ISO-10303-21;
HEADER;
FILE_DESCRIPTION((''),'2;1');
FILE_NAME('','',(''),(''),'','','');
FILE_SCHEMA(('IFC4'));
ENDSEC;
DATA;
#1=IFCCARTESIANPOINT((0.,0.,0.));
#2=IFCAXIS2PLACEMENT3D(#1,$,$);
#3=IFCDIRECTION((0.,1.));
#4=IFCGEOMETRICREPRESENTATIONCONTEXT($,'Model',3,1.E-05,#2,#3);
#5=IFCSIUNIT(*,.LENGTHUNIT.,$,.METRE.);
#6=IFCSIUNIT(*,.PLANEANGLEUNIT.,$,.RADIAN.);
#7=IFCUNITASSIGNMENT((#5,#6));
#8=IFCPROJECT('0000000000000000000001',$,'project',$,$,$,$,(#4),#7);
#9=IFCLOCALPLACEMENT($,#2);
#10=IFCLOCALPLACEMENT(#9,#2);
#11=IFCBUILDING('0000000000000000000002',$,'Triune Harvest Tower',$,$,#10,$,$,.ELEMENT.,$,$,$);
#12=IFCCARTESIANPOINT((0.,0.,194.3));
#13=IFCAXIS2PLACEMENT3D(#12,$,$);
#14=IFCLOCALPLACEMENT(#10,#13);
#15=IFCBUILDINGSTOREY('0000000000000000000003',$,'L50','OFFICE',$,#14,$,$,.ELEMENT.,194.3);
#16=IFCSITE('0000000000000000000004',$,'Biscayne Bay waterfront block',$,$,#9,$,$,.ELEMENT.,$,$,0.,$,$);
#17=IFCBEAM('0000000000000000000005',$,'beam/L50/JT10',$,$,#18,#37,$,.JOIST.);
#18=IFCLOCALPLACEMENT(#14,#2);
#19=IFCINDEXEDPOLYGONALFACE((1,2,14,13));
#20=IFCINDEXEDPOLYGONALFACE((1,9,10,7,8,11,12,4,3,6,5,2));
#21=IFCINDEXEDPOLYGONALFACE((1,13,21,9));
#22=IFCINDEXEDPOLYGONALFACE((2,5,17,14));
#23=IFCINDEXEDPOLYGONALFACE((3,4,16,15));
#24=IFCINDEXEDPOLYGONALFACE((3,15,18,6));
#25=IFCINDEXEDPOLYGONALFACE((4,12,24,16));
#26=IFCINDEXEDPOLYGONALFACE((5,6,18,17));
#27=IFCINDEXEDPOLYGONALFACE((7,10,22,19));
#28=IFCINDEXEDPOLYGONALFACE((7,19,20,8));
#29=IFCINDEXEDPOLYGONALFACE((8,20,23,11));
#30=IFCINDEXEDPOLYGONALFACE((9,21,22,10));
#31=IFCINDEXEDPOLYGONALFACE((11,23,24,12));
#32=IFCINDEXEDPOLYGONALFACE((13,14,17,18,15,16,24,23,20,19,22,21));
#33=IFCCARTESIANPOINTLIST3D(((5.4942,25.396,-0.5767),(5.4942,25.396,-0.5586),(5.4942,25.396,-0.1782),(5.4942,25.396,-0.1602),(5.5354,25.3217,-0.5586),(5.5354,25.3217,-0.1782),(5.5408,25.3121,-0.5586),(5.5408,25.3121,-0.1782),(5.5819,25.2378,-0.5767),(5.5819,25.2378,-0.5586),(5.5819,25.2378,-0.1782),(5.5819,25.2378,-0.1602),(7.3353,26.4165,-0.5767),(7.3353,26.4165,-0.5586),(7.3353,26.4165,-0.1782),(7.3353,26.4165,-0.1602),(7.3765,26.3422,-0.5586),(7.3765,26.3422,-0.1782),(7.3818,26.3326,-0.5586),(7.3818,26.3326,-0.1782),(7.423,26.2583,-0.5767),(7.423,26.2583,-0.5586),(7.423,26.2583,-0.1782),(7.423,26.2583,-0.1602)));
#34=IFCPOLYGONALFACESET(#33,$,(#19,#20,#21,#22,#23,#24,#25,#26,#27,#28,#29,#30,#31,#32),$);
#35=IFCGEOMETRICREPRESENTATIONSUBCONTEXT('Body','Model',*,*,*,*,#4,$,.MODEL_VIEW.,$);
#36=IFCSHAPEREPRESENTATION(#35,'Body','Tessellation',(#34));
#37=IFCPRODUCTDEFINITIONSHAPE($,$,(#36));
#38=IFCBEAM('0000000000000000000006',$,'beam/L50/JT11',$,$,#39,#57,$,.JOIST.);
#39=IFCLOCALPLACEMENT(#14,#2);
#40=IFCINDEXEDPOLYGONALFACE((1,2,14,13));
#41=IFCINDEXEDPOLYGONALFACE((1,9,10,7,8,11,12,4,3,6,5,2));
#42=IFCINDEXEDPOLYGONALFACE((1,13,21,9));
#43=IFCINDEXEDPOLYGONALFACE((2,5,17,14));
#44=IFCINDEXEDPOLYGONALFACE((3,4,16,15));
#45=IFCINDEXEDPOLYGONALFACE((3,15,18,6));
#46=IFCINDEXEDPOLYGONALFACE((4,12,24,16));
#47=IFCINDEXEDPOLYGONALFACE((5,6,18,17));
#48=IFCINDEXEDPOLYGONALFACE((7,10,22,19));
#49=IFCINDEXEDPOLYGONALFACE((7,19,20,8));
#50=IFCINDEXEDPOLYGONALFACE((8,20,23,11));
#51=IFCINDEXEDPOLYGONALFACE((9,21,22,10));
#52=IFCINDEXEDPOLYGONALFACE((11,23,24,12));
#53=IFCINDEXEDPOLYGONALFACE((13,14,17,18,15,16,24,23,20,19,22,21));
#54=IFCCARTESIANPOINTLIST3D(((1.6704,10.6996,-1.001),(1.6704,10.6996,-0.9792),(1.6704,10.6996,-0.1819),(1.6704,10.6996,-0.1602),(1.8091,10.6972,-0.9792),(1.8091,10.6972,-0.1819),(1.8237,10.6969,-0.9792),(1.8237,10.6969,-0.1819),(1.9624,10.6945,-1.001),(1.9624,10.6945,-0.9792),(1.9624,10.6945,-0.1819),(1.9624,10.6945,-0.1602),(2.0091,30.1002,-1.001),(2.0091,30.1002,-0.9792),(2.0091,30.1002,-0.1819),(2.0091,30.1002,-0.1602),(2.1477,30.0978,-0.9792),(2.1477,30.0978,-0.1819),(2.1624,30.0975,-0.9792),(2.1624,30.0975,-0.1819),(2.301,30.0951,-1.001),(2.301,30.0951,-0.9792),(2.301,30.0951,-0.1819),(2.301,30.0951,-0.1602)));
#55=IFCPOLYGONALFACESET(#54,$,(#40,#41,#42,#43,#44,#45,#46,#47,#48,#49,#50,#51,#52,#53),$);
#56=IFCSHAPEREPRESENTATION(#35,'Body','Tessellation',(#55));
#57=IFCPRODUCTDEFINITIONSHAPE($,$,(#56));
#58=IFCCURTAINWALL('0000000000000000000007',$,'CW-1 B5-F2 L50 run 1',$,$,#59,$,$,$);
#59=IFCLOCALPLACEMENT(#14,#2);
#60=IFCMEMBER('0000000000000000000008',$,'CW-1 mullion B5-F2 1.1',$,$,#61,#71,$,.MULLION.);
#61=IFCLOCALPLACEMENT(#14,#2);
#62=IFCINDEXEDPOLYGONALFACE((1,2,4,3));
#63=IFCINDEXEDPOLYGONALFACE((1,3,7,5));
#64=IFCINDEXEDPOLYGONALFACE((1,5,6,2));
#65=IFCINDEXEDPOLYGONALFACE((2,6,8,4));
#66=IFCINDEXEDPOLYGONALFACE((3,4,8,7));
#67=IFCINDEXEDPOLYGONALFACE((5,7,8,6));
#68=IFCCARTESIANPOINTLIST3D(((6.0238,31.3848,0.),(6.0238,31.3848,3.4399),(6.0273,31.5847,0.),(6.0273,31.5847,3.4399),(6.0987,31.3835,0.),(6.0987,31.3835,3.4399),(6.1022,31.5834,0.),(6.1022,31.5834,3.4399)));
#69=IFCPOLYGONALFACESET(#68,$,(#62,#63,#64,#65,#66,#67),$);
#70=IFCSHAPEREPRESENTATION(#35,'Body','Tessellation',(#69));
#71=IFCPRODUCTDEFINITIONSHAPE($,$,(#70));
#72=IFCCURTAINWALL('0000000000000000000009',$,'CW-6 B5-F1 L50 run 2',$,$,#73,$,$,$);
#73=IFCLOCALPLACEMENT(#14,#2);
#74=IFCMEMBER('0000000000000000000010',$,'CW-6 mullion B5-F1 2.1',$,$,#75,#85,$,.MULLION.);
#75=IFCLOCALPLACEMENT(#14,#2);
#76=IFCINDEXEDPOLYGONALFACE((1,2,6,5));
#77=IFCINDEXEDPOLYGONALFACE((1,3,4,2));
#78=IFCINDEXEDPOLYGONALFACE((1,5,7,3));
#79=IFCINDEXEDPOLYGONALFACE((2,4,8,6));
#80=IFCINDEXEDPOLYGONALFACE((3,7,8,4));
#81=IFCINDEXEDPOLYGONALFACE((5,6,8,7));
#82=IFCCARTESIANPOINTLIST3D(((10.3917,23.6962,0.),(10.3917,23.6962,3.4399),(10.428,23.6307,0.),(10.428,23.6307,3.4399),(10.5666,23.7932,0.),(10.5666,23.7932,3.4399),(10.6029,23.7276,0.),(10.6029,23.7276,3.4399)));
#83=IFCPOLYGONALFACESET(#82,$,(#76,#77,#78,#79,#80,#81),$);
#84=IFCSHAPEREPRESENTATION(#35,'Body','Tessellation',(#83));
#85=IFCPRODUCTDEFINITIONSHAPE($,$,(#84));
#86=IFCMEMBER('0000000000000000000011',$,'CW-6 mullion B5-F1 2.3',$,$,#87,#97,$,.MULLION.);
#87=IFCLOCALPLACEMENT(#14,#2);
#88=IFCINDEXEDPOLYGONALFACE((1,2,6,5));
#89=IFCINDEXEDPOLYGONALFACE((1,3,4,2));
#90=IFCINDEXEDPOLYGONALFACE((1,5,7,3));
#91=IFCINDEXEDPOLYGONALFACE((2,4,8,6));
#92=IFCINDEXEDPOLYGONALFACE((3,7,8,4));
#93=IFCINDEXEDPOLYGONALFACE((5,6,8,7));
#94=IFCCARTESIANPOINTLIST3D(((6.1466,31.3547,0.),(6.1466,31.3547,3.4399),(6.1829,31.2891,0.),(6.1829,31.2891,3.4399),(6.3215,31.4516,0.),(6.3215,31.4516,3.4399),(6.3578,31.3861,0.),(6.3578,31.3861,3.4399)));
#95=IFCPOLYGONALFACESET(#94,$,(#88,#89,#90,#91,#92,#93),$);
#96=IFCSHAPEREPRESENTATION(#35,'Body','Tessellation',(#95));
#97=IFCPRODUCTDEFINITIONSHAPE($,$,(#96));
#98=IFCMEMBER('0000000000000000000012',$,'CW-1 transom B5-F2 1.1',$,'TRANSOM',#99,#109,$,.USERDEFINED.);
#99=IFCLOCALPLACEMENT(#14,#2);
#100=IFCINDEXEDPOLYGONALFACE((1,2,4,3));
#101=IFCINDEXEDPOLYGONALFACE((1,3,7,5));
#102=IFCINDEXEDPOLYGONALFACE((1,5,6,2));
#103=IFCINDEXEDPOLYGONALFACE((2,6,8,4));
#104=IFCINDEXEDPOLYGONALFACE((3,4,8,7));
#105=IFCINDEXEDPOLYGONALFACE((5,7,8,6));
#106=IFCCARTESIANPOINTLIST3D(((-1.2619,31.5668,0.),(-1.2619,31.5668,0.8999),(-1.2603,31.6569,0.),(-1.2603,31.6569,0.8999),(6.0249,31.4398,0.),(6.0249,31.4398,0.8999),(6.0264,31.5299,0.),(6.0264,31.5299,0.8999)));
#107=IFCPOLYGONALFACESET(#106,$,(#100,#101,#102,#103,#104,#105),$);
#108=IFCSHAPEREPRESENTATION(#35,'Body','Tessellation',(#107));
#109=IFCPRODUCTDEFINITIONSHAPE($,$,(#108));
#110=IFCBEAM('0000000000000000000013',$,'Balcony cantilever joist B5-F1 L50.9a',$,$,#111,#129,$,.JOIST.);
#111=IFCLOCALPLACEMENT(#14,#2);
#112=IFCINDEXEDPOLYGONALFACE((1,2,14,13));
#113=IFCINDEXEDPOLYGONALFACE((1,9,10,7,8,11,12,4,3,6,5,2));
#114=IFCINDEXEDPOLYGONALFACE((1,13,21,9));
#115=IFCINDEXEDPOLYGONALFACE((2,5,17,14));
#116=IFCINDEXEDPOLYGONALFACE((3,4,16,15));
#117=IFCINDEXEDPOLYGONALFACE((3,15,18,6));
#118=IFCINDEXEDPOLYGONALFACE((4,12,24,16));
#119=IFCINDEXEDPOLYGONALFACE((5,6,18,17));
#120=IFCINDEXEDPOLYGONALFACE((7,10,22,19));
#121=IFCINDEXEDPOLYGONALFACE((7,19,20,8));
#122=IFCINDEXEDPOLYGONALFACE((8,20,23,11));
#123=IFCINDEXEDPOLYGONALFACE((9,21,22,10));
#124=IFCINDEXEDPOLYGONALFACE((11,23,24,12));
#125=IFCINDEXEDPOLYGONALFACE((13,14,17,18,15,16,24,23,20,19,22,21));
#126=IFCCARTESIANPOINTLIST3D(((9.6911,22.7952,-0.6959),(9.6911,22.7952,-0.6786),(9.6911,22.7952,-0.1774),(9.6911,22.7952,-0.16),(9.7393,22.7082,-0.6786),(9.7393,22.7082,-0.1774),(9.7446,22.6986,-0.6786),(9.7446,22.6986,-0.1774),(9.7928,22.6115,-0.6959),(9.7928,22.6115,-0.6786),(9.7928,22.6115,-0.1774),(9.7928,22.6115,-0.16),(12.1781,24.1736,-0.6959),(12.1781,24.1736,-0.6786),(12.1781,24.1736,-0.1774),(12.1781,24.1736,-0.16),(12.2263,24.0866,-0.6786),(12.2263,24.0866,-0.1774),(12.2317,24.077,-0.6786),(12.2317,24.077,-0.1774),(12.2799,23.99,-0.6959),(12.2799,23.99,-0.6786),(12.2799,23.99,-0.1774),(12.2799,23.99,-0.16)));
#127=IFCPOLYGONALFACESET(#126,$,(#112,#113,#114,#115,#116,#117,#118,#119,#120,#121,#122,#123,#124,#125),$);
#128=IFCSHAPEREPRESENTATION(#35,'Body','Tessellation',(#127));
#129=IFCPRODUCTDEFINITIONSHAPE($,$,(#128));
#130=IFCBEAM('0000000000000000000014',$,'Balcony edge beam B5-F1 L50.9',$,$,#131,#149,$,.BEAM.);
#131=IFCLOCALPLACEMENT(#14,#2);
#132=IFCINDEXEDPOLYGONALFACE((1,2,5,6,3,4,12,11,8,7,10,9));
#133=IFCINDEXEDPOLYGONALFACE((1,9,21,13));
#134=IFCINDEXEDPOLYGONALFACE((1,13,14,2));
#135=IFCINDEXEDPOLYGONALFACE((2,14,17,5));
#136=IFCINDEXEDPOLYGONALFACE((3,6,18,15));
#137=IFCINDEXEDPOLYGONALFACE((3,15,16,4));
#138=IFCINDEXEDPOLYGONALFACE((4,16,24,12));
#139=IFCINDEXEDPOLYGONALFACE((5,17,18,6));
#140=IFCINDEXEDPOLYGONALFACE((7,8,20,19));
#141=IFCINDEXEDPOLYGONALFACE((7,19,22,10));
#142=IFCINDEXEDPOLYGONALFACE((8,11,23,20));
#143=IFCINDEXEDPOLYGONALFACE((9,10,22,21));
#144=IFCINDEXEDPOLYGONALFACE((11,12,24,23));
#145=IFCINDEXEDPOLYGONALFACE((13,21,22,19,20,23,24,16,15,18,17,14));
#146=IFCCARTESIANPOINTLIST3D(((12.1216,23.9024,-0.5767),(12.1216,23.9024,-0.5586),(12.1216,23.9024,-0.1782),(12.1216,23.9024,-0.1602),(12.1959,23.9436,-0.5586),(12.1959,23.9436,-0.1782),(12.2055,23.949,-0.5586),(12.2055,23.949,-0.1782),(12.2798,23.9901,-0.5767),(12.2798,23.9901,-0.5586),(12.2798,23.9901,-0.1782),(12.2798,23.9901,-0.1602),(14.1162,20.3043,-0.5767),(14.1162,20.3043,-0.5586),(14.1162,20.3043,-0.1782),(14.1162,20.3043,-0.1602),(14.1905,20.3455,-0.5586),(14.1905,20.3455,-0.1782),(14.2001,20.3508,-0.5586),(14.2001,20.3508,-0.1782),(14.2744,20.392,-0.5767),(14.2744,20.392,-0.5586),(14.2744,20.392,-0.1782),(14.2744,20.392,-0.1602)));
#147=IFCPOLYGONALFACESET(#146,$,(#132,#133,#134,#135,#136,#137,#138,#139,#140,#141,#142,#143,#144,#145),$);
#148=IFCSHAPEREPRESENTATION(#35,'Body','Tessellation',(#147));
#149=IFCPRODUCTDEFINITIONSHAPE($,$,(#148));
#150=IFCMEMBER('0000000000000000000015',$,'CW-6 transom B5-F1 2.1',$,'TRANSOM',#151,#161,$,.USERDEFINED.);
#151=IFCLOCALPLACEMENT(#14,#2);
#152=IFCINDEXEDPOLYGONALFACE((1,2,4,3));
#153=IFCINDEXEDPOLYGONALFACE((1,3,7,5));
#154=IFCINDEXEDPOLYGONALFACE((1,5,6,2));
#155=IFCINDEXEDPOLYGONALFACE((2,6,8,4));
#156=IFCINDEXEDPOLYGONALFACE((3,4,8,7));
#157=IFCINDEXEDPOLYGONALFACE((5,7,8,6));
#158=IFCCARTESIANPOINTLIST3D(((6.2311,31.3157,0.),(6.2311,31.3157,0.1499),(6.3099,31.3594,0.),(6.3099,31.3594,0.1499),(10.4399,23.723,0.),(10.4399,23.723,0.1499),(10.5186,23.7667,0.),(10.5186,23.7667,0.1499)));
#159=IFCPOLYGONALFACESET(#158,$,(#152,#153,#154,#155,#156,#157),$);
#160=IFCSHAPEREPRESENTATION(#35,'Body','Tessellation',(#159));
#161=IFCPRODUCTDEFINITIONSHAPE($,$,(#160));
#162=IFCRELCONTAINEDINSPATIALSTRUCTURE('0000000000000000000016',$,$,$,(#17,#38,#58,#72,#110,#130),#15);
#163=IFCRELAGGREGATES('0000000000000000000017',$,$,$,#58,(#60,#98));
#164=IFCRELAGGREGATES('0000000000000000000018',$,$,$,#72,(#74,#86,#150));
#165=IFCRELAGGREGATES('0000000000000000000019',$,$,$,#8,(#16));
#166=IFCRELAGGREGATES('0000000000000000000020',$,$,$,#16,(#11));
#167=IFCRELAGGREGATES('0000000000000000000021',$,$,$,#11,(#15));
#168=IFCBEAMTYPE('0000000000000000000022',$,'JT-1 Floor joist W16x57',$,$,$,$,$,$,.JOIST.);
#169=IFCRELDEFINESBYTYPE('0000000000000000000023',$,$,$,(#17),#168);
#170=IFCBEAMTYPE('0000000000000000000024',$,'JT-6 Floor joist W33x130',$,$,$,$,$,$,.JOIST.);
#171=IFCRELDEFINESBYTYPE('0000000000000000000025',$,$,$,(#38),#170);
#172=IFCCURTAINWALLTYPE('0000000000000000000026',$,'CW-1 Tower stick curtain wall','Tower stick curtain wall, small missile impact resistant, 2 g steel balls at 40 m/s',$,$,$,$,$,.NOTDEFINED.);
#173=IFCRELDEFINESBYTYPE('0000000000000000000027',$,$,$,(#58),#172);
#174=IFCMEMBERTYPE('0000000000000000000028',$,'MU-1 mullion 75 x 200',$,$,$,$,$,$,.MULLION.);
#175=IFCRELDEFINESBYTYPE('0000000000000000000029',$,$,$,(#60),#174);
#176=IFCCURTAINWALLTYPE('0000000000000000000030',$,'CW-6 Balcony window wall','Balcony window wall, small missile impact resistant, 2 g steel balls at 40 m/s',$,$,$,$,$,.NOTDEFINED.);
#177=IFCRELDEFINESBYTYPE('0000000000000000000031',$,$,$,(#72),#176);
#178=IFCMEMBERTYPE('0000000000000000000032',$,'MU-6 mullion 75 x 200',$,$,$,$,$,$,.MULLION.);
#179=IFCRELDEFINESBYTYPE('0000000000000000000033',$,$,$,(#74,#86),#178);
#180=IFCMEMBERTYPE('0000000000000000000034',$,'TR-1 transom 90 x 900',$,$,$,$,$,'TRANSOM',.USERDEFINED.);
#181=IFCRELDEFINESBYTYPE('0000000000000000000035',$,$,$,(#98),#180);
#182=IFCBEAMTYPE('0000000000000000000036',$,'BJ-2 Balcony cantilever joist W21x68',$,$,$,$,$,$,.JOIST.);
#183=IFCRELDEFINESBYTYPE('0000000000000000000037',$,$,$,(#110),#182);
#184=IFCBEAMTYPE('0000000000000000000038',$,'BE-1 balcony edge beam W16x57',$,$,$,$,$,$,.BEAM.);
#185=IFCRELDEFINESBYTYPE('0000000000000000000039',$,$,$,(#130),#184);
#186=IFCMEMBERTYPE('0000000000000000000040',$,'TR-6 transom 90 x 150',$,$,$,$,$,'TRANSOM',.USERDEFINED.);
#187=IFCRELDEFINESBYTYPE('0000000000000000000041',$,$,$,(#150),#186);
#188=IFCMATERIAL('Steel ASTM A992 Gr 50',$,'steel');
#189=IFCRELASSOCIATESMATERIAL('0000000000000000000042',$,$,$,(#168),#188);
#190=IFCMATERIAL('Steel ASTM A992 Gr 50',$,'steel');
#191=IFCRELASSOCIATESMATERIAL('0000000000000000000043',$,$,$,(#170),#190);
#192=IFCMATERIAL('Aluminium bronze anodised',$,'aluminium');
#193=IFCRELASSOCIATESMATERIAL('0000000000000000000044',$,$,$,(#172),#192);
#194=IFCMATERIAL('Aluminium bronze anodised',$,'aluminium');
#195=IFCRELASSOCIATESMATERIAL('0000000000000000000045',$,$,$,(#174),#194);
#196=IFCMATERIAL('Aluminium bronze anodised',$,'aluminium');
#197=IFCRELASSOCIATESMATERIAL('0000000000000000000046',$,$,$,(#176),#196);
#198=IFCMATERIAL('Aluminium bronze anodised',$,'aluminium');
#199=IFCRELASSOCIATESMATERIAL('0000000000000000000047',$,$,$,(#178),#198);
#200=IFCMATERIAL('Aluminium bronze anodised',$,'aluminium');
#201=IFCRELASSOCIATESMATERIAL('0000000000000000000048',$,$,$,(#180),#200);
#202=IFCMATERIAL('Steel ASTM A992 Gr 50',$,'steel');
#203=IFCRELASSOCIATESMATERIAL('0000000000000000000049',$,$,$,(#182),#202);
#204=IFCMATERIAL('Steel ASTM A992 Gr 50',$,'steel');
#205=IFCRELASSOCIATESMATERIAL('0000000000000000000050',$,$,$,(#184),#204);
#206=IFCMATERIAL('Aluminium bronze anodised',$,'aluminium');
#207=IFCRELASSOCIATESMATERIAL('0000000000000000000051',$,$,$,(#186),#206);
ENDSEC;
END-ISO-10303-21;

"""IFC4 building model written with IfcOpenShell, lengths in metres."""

from ifc_helpers import new_model, si_unit, direction, frame, origin, origin_2d, place, context, subcontext, project, spatial, rectangle, i_section, extrude, source, transform, mapped, material, material_profile, profile_set, type_object, element, aggregate, save


model = new_model("IFC4")

# Units and contexts
model_context = context("Model", 3, precision=1e-05, world=origin(), true_north=direction((0.0, 1.0)))
body_context = subcontext(model_context, "Body", "Model", "MODEL_VIEW")
ifc_project = project(units=[si_unit("LENGTHUNIT", "METRE"), si_unit("PLANEANGLEUNIT", "RADIAN")], contexts=[model_context])

# Site, building, storey
site_placement = place(None, origin())
site = spatial("IfcSite", under=ifc_project, at=site_placement, Name="Biscayne Bay waterfront block", CompositionType="ELEMENT", RefElevation=0.0)
building_placement = place(site_placement, origin())
building = spatial("IfcBuilding", under=site, at=building_placement, Name="Triune Harvest Tower", CompositionType="ELEMENT")
storey_placement = place(building_placement, frame((0.0, 0.0, 194.3)))
storey = spatial("IfcBuildingStorey", under=building, at=storey_placement, Name="L50", Description="OFFICE", CompositionType="ELEMENT", Elevation=194.3)

# Beams
ifc_material_1 = material(Name="Steel ASTM A992 Gr 50", Category="steel")
ifc_material_profile_1 = material_profile(ifc_material_1, i_section(OverallWidth=0.1809, OverallDepth=0.4165, WebThickness=0.011, FlangeThickness=0.0181, at=origin_2d()), Name="W16x57")
ifc_profile_set_1 = profile_set([ifc_material_profile_1], Name="Steel ASTM A992 Gr 50")
beam_type_1 = type_object("IfcBeamType", Name="JT-1 Floor joist W16x57", PredefinedType="JOIST", material=ifc_profile_set_1)
shared_shape_1 = source(origin(), body_context, "Body", "SweptSolid", [
    extrude(i_section(OverallWidth=0.1809, OverallDepth=0.4165, WebThickness=0.011, FlangeThickness=0.0181, at=origin_2d()), origin(), (0.0, 0.0, 1.0), 2.105),
])
beam_1_placement = place(storey_placement, frame((7.3792, 26.3374, -0.3684), z_axis=(-0.874622, -0.484806, 0.0), x_axis=(0.484806, -0.874622, 0.0)))
element("IfcBeam", 1, at=beam_1_placement, inside=storey, type_object=beam_type_1, Name="beam/L50/JT10", PredefinedType="JOIST", context=body_context, shape_type="MappedRepresentation", body=[
    mapped(shared_shape_1, transform((0.0, 0.0, 0.0), scale=1.0)),
])
ifc_material_2 = material(Name="Steel ASTM A992 Gr 50", Category="steel")
ifc_material_profile_2 = material_profile(ifc_material_2, i_section(OverallWidth=0.292, OverallDepth=0.8408, WebThickness=0.0146, FlangeThickness=0.0217, at=origin_2d()), Name="W33x130")
ifc_profile_set_2 = profile_set([ifc_material_profile_2], Name="Steel ASTM A992 Gr 50")
beam_type_2 = type_object("IfcBeamType", Name="JT-6 Floor joist W33x130", PredefinedType="JOIST", material=ifc_profile_set_2)
shared_shape_2 = source(origin(), body_context, "Body", "SweptSolid", [
    extrude(i_section(OverallWidth=0.292, OverallDepth=0.8408, WebThickness=0.0146, FlangeThickness=0.0217, at=origin_2d()), origin(), (0.0, 0.0, 1.0), 19.4036),
])
beam_2_placement = place(storey_placement, frame((2.155, 30.0977, -0.5806), z_axis=(-0.017452, -0.999848, 0.0), x_axis=(0.999848, -0.017452, 0.0)))
element("IfcBeam", 2, at=beam_2_placement, inside=storey, type_object=beam_type_2, Name="beam/L50/JT11", PredefinedType="JOIST", context=body_context, shape_type="MappedRepresentation", body=[
    mapped(shared_shape_2, transform((0.0, 0.0, 0.0), scale=1.0)),
])

# Curtain wall, member
ifc_material_3 = material(Name="Aluminium bronze anodised", Category="aluminium")
curtain_wall_type_1 = type_object("IfcCurtainWallType", Name="CW-1 Tower stick curtain wall", Description="Tower stick curtain wall, small missile impact resistant, 2 g steel balls at 40 m/s", PredefinedType="NOTDEFINED", material=ifc_material_3)
curtain_wall_1_placement = place(storey_placement, origin())
curtain_wall_1 = element("IfcCurtainWall", 3, at=curtain_wall_1_placement, inside=storey, type_object=curtain_wall_type_1, Name="CW-1 B5-F2 L50 run 1")
ifc_material_4 = material(Name="Aluminium bronze anodised", Category="aluminium")
ifc_material_profile_3 = material_profile(ifc_material_4, rectangle(XDim=0.2, YDim=0.075, at=origin_2d()), Name="MU-1 mullion 75 x 200")
ifc_profile_set_3 = profile_set([ifc_material_profile_3], Name="Aluminium bronze anodised")
member_type_1 = type_object("IfcMemberType", Name="MU-1 mullion 75 x 200", PredefinedType="MULLION", material=ifc_profile_set_3)
shared_shape_3 = source(origin(), body_context, "Body", "SweptSolid", [
    extrude(rectangle(XDim=0.2, YDim=0.075, at=origin_2d()), origin(), (0.0, 0.0, 1.0), 3.4399),
])
member_1_placement = place(storey_placement, frame((6.063, 31.4841, 0.0), z_axis=(0.0, 0.0, 1.0), x_axis=(-0.017446, -0.999848, 0.0)))
member_1 = element("IfcMember", 4, at=member_1_placement, type_object=member_type_1, Name="CW-1 mullion B5-F2 1.1", PredefinedType="MULLION", context=body_context, shape_type="MappedRepresentation", body=[
    mapped(shared_shape_3, transform((0.0, 0.0, 0.0), scale=1.0)),
])

# Curtain wall, members
ifc_material_5 = material(Name="Aluminium bronze anodised", Category="aluminium")
curtain_wall_type_2 = type_object("IfcCurtainWallType", Name="CW-6 Balcony window wall", Description="Balcony window wall, small missile impact resistant, 2 g steel balls at 40 m/s", PredefinedType="NOTDEFINED", material=ifc_material_5)
curtain_wall_2_placement = place(storey_placement, origin())
curtain_wall_2 = element("IfcCurtainWall", 5, at=curtain_wall_2_placement, inside=storey, type_object=curtain_wall_type_2, Name="CW-6 B5-F1 L50 run 2")
ifc_material_6 = material(Name="Aluminium bronze anodised", Category="aluminium")
ifc_material_profile_4 = material_profile(ifc_material_6, rectangle(XDim=0.2, YDim=0.075, at=origin_2d()), Name="MU-6 mullion 75 x 200")
ifc_profile_set_4 = profile_set([ifc_material_profile_4], Name="Aluminium bronze anodised")
member_type_2 = type_object("IfcMemberType", Name="MU-6 mullion 75 x 200", PredefinedType="MULLION", material=ifc_profile_set_4)
shared_shape_4 = source(origin(), body_context, "Body", "SweptSolid", [
    extrude(rectangle(XDim=0.2, YDim=0.075, at=origin_2d()), origin(), (0.0, 0.0, 1.0), 3.4399),
])
member_2_placement = place(storey_placement, frame((10.4973, 23.7119, 0.0), z_axis=(0.0, 0.0, 1.0), x_axis=(-0.87462, -0.484808, 0.0)))
member_2 = element("IfcMember", 6, at=member_2_placement, type_object=member_type_2, Name="CW-6 mullion B5-F1 2.1", PredefinedType="MULLION", context=body_context, shape_type="MappedRepresentation", body=[
    mapped(shared_shape_4, transform((0.0, 0.0, 0.0), scale=1.0)),
])
member_3_placement = place(storey_placement, frame((6.2522, 31.3704, 0.0), z_axis=(0.0, 0.0, 1.0), x_axis=(-0.87462, -0.484808, 0.0)))
member_3 = element("IfcMember", 7, at=member_3_placement, type_object=member_type_2, Name="CW-6 mullion B5-F1 2.3", PredefinedType="MULLION", context=body_context, shape_type="MappedRepresentation", body=[
    mapped(shared_shape_4, transform((0.0, 0.0, 0.0), scale=1.0)),
])

# Member
ifc_material_7 = material(Name="Aluminium bronze anodised", Category="aluminium")
ifc_material_profile_5 = material_profile(ifc_material_7, rectangle(XDim=0.0901, YDim=0.8999, at=origin_2d()), Name="TR-1 transom 90 x 900")
ifc_profile_set_5 = profile_set([ifc_material_profile_5], Name="Aluminium bronze anodised")
member_type_3 = type_object("IfcMemberType", Name="TR-1 transom 90 x 900", ElementType="TRANSOM", PredefinedType="USERDEFINED", material=ifc_profile_set_5)
shared_shape_5 = source(origin(), body_context, "Body", "SweptSolid", [
    extrude(rectangle(XDim=0.0901, YDim=0.8999, at=origin_2d()), origin(), (0.0, 0.0, 1.0), 7.2878),
])
member_4_placement = place(storey_placement, frame((6.0256, 31.4849, 0.45), z_axis=(-0.999848, 0.01742, 0.0), x_axis=(-0.01742, -0.999848, 0.0)))
member_4 = element("IfcMember", 8, at=member_4_placement, type_object=member_type_3, Name="CW-1 transom B5-F2 1.1", ObjectType="TRANSOM", PredefinedType="USERDEFINED", context=body_context, shape_type="MappedRepresentation", body=[
    mapped(shared_shape_5, transform((0.0, 0.0, 0.0), scale=1.0)),
])

# Beams
ifc_material_8 = material(Name="Steel ASTM A992 Gr 50", Category="steel")
ifc_material_profile_6 = material_profile(ifc_material_8, i_section(OverallWidth=0.21, OverallDepth=0.5359, WebThickness=0.011, FlangeThickness=0.0173, at=origin_2d()), Name="W21x68")
ifc_profile_set_6 = profile_set([ifc_material_profile_6], Name="Steel ASTM A992 Gr 50")
beam_type_3 = type_object("IfcBeamType", Name="BJ-2 Balcony cantilever joist W21x68", PredefinedType="JOIST", material=ifc_profile_set_6)
shared_shape_6 = source(origin(), body_context, "Body", "SweptSolid", [
    extrude(i_section(OverallWidth=0.21, OverallDepth=0.5359, WebThickness=0.011, FlangeThickness=0.0173, at=origin_2d()), origin(), (0.0, 0.0, 1.0), 2.8435),
])
beam_3_placement = place(storey_placement, frame((9.7419, 22.7034, -0.428), z_axis=(0.874647, 0.484761, 0.0), x_axis=(-0.484761, 0.874647, 0.0)))
element("IfcBeam", 9, at=beam_3_placement, inside=storey, type_object=beam_type_3, Name="Balcony cantilever joist B5-F1 L50.9a", PredefinedType="JOIST", context=body_context, shape_type="MappedRepresentation", body=[
    mapped(shared_shape_6, transform((0.0, 0.0, 0.0), scale=1.0)),
])
ifc_material_9 = material(Name="Steel ASTM A992 Gr 50", Category="steel")
ifc_material_profile_7 = material_profile(ifc_material_9, i_section(OverallWidth=0.1809, OverallDepth=0.4165, WebThickness=0.011, FlangeThickness=0.0181, at=origin_2d()), Name="W16x57")
ifc_profile_set_7 = profile_set([ifc_material_profile_7], Name="Steel ASTM A992 Gr 50")
beam_type_4 = type_object("IfcBeamType", Name="BE-1 balcony edge beam W16x57", PredefinedType="BEAM", material=ifc_profile_set_7)
shared_shape_7 = source(origin(), body_context, "Body", "SweptSolid", [
    extrude(i_section(OverallWidth=0.1809, OverallDepth=0.4165, WebThickness=0.011, FlangeThickness=0.0181, at=origin_2d()), origin(), (0.0, 0.0, 1.0), 4.114),
])
beam_4_placement = place(storey_placement, frame((12.2007, 23.9463, -0.3684), z_axis=(0.484837, -0.874605, 0.0), x_axis=(0.874605, 0.484837, 0.0)))
element("IfcBeam", 10, at=beam_4_placement, inside=storey, type_object=beam_type_4, Name="Balcony edge beam B5-F1 L50.9", PredefinedType="BEAM", context=body_context, shape_type="MappedRepresentation", body=[
    mapped(shared_shape_7, transform((0.0, 0.0, 0.0), scale=1.0)),
])

# Member
ifc_material_10 = material(Name="Aluminium bronze anodised", Category="aluminium")
ifc_material_profile_8 = material_profile(ifc_material_10, rectangle(XDim=0.0901, YDim=0.1499, at=origin_2d()), Name="TR-6 transom 90 x 150")
ifc_profile_set_8 = profile_set([ifc_material_profile_8], Name="Aluminium bronze anodised")
member_type_4 = type_object("IfcMemberType", Name="TR-6 transom 90 x 150", ElementType="TRANSOM", PredefinedType="USERDEFINED", material=ifc_profile_set_8)
shared_shape_8 = source(origin(), body_context, "Body", "SweptSolid", [
    extrude(rectangle(XDim=0.0901, YDim=0.1499, at=origin_2d()), origin(), (0.0, 0.0, 1.0), 8.6812),
])
member_5_placement = place(storey_placement, frame((10.4792, 23.7449, 0.075), z_axis=(-0.484809, 0.87462, 0.0), x_axis=(-0.87462, -0.484809, 0.0)))
member_5 = element("IfcMember", 11, at=member_5_placement, type_object=member_type_4, Name="CW-6 transom B5-F1 2.1", ObjectType="TRANSOM", PredefinedType="USERDEFINED", context=body_context, shape_type="MappedRepresentation", body=[
    mapped(shared_shape_8, transform((0.0, 0.0, 0.0), scale=1.0)),
])

aggregate(curtain_wall_1, [member_1, member_4])
aggregate(curtain_wall_2, [member_2, member_3, member_5])

save(model, "model.ifc")
